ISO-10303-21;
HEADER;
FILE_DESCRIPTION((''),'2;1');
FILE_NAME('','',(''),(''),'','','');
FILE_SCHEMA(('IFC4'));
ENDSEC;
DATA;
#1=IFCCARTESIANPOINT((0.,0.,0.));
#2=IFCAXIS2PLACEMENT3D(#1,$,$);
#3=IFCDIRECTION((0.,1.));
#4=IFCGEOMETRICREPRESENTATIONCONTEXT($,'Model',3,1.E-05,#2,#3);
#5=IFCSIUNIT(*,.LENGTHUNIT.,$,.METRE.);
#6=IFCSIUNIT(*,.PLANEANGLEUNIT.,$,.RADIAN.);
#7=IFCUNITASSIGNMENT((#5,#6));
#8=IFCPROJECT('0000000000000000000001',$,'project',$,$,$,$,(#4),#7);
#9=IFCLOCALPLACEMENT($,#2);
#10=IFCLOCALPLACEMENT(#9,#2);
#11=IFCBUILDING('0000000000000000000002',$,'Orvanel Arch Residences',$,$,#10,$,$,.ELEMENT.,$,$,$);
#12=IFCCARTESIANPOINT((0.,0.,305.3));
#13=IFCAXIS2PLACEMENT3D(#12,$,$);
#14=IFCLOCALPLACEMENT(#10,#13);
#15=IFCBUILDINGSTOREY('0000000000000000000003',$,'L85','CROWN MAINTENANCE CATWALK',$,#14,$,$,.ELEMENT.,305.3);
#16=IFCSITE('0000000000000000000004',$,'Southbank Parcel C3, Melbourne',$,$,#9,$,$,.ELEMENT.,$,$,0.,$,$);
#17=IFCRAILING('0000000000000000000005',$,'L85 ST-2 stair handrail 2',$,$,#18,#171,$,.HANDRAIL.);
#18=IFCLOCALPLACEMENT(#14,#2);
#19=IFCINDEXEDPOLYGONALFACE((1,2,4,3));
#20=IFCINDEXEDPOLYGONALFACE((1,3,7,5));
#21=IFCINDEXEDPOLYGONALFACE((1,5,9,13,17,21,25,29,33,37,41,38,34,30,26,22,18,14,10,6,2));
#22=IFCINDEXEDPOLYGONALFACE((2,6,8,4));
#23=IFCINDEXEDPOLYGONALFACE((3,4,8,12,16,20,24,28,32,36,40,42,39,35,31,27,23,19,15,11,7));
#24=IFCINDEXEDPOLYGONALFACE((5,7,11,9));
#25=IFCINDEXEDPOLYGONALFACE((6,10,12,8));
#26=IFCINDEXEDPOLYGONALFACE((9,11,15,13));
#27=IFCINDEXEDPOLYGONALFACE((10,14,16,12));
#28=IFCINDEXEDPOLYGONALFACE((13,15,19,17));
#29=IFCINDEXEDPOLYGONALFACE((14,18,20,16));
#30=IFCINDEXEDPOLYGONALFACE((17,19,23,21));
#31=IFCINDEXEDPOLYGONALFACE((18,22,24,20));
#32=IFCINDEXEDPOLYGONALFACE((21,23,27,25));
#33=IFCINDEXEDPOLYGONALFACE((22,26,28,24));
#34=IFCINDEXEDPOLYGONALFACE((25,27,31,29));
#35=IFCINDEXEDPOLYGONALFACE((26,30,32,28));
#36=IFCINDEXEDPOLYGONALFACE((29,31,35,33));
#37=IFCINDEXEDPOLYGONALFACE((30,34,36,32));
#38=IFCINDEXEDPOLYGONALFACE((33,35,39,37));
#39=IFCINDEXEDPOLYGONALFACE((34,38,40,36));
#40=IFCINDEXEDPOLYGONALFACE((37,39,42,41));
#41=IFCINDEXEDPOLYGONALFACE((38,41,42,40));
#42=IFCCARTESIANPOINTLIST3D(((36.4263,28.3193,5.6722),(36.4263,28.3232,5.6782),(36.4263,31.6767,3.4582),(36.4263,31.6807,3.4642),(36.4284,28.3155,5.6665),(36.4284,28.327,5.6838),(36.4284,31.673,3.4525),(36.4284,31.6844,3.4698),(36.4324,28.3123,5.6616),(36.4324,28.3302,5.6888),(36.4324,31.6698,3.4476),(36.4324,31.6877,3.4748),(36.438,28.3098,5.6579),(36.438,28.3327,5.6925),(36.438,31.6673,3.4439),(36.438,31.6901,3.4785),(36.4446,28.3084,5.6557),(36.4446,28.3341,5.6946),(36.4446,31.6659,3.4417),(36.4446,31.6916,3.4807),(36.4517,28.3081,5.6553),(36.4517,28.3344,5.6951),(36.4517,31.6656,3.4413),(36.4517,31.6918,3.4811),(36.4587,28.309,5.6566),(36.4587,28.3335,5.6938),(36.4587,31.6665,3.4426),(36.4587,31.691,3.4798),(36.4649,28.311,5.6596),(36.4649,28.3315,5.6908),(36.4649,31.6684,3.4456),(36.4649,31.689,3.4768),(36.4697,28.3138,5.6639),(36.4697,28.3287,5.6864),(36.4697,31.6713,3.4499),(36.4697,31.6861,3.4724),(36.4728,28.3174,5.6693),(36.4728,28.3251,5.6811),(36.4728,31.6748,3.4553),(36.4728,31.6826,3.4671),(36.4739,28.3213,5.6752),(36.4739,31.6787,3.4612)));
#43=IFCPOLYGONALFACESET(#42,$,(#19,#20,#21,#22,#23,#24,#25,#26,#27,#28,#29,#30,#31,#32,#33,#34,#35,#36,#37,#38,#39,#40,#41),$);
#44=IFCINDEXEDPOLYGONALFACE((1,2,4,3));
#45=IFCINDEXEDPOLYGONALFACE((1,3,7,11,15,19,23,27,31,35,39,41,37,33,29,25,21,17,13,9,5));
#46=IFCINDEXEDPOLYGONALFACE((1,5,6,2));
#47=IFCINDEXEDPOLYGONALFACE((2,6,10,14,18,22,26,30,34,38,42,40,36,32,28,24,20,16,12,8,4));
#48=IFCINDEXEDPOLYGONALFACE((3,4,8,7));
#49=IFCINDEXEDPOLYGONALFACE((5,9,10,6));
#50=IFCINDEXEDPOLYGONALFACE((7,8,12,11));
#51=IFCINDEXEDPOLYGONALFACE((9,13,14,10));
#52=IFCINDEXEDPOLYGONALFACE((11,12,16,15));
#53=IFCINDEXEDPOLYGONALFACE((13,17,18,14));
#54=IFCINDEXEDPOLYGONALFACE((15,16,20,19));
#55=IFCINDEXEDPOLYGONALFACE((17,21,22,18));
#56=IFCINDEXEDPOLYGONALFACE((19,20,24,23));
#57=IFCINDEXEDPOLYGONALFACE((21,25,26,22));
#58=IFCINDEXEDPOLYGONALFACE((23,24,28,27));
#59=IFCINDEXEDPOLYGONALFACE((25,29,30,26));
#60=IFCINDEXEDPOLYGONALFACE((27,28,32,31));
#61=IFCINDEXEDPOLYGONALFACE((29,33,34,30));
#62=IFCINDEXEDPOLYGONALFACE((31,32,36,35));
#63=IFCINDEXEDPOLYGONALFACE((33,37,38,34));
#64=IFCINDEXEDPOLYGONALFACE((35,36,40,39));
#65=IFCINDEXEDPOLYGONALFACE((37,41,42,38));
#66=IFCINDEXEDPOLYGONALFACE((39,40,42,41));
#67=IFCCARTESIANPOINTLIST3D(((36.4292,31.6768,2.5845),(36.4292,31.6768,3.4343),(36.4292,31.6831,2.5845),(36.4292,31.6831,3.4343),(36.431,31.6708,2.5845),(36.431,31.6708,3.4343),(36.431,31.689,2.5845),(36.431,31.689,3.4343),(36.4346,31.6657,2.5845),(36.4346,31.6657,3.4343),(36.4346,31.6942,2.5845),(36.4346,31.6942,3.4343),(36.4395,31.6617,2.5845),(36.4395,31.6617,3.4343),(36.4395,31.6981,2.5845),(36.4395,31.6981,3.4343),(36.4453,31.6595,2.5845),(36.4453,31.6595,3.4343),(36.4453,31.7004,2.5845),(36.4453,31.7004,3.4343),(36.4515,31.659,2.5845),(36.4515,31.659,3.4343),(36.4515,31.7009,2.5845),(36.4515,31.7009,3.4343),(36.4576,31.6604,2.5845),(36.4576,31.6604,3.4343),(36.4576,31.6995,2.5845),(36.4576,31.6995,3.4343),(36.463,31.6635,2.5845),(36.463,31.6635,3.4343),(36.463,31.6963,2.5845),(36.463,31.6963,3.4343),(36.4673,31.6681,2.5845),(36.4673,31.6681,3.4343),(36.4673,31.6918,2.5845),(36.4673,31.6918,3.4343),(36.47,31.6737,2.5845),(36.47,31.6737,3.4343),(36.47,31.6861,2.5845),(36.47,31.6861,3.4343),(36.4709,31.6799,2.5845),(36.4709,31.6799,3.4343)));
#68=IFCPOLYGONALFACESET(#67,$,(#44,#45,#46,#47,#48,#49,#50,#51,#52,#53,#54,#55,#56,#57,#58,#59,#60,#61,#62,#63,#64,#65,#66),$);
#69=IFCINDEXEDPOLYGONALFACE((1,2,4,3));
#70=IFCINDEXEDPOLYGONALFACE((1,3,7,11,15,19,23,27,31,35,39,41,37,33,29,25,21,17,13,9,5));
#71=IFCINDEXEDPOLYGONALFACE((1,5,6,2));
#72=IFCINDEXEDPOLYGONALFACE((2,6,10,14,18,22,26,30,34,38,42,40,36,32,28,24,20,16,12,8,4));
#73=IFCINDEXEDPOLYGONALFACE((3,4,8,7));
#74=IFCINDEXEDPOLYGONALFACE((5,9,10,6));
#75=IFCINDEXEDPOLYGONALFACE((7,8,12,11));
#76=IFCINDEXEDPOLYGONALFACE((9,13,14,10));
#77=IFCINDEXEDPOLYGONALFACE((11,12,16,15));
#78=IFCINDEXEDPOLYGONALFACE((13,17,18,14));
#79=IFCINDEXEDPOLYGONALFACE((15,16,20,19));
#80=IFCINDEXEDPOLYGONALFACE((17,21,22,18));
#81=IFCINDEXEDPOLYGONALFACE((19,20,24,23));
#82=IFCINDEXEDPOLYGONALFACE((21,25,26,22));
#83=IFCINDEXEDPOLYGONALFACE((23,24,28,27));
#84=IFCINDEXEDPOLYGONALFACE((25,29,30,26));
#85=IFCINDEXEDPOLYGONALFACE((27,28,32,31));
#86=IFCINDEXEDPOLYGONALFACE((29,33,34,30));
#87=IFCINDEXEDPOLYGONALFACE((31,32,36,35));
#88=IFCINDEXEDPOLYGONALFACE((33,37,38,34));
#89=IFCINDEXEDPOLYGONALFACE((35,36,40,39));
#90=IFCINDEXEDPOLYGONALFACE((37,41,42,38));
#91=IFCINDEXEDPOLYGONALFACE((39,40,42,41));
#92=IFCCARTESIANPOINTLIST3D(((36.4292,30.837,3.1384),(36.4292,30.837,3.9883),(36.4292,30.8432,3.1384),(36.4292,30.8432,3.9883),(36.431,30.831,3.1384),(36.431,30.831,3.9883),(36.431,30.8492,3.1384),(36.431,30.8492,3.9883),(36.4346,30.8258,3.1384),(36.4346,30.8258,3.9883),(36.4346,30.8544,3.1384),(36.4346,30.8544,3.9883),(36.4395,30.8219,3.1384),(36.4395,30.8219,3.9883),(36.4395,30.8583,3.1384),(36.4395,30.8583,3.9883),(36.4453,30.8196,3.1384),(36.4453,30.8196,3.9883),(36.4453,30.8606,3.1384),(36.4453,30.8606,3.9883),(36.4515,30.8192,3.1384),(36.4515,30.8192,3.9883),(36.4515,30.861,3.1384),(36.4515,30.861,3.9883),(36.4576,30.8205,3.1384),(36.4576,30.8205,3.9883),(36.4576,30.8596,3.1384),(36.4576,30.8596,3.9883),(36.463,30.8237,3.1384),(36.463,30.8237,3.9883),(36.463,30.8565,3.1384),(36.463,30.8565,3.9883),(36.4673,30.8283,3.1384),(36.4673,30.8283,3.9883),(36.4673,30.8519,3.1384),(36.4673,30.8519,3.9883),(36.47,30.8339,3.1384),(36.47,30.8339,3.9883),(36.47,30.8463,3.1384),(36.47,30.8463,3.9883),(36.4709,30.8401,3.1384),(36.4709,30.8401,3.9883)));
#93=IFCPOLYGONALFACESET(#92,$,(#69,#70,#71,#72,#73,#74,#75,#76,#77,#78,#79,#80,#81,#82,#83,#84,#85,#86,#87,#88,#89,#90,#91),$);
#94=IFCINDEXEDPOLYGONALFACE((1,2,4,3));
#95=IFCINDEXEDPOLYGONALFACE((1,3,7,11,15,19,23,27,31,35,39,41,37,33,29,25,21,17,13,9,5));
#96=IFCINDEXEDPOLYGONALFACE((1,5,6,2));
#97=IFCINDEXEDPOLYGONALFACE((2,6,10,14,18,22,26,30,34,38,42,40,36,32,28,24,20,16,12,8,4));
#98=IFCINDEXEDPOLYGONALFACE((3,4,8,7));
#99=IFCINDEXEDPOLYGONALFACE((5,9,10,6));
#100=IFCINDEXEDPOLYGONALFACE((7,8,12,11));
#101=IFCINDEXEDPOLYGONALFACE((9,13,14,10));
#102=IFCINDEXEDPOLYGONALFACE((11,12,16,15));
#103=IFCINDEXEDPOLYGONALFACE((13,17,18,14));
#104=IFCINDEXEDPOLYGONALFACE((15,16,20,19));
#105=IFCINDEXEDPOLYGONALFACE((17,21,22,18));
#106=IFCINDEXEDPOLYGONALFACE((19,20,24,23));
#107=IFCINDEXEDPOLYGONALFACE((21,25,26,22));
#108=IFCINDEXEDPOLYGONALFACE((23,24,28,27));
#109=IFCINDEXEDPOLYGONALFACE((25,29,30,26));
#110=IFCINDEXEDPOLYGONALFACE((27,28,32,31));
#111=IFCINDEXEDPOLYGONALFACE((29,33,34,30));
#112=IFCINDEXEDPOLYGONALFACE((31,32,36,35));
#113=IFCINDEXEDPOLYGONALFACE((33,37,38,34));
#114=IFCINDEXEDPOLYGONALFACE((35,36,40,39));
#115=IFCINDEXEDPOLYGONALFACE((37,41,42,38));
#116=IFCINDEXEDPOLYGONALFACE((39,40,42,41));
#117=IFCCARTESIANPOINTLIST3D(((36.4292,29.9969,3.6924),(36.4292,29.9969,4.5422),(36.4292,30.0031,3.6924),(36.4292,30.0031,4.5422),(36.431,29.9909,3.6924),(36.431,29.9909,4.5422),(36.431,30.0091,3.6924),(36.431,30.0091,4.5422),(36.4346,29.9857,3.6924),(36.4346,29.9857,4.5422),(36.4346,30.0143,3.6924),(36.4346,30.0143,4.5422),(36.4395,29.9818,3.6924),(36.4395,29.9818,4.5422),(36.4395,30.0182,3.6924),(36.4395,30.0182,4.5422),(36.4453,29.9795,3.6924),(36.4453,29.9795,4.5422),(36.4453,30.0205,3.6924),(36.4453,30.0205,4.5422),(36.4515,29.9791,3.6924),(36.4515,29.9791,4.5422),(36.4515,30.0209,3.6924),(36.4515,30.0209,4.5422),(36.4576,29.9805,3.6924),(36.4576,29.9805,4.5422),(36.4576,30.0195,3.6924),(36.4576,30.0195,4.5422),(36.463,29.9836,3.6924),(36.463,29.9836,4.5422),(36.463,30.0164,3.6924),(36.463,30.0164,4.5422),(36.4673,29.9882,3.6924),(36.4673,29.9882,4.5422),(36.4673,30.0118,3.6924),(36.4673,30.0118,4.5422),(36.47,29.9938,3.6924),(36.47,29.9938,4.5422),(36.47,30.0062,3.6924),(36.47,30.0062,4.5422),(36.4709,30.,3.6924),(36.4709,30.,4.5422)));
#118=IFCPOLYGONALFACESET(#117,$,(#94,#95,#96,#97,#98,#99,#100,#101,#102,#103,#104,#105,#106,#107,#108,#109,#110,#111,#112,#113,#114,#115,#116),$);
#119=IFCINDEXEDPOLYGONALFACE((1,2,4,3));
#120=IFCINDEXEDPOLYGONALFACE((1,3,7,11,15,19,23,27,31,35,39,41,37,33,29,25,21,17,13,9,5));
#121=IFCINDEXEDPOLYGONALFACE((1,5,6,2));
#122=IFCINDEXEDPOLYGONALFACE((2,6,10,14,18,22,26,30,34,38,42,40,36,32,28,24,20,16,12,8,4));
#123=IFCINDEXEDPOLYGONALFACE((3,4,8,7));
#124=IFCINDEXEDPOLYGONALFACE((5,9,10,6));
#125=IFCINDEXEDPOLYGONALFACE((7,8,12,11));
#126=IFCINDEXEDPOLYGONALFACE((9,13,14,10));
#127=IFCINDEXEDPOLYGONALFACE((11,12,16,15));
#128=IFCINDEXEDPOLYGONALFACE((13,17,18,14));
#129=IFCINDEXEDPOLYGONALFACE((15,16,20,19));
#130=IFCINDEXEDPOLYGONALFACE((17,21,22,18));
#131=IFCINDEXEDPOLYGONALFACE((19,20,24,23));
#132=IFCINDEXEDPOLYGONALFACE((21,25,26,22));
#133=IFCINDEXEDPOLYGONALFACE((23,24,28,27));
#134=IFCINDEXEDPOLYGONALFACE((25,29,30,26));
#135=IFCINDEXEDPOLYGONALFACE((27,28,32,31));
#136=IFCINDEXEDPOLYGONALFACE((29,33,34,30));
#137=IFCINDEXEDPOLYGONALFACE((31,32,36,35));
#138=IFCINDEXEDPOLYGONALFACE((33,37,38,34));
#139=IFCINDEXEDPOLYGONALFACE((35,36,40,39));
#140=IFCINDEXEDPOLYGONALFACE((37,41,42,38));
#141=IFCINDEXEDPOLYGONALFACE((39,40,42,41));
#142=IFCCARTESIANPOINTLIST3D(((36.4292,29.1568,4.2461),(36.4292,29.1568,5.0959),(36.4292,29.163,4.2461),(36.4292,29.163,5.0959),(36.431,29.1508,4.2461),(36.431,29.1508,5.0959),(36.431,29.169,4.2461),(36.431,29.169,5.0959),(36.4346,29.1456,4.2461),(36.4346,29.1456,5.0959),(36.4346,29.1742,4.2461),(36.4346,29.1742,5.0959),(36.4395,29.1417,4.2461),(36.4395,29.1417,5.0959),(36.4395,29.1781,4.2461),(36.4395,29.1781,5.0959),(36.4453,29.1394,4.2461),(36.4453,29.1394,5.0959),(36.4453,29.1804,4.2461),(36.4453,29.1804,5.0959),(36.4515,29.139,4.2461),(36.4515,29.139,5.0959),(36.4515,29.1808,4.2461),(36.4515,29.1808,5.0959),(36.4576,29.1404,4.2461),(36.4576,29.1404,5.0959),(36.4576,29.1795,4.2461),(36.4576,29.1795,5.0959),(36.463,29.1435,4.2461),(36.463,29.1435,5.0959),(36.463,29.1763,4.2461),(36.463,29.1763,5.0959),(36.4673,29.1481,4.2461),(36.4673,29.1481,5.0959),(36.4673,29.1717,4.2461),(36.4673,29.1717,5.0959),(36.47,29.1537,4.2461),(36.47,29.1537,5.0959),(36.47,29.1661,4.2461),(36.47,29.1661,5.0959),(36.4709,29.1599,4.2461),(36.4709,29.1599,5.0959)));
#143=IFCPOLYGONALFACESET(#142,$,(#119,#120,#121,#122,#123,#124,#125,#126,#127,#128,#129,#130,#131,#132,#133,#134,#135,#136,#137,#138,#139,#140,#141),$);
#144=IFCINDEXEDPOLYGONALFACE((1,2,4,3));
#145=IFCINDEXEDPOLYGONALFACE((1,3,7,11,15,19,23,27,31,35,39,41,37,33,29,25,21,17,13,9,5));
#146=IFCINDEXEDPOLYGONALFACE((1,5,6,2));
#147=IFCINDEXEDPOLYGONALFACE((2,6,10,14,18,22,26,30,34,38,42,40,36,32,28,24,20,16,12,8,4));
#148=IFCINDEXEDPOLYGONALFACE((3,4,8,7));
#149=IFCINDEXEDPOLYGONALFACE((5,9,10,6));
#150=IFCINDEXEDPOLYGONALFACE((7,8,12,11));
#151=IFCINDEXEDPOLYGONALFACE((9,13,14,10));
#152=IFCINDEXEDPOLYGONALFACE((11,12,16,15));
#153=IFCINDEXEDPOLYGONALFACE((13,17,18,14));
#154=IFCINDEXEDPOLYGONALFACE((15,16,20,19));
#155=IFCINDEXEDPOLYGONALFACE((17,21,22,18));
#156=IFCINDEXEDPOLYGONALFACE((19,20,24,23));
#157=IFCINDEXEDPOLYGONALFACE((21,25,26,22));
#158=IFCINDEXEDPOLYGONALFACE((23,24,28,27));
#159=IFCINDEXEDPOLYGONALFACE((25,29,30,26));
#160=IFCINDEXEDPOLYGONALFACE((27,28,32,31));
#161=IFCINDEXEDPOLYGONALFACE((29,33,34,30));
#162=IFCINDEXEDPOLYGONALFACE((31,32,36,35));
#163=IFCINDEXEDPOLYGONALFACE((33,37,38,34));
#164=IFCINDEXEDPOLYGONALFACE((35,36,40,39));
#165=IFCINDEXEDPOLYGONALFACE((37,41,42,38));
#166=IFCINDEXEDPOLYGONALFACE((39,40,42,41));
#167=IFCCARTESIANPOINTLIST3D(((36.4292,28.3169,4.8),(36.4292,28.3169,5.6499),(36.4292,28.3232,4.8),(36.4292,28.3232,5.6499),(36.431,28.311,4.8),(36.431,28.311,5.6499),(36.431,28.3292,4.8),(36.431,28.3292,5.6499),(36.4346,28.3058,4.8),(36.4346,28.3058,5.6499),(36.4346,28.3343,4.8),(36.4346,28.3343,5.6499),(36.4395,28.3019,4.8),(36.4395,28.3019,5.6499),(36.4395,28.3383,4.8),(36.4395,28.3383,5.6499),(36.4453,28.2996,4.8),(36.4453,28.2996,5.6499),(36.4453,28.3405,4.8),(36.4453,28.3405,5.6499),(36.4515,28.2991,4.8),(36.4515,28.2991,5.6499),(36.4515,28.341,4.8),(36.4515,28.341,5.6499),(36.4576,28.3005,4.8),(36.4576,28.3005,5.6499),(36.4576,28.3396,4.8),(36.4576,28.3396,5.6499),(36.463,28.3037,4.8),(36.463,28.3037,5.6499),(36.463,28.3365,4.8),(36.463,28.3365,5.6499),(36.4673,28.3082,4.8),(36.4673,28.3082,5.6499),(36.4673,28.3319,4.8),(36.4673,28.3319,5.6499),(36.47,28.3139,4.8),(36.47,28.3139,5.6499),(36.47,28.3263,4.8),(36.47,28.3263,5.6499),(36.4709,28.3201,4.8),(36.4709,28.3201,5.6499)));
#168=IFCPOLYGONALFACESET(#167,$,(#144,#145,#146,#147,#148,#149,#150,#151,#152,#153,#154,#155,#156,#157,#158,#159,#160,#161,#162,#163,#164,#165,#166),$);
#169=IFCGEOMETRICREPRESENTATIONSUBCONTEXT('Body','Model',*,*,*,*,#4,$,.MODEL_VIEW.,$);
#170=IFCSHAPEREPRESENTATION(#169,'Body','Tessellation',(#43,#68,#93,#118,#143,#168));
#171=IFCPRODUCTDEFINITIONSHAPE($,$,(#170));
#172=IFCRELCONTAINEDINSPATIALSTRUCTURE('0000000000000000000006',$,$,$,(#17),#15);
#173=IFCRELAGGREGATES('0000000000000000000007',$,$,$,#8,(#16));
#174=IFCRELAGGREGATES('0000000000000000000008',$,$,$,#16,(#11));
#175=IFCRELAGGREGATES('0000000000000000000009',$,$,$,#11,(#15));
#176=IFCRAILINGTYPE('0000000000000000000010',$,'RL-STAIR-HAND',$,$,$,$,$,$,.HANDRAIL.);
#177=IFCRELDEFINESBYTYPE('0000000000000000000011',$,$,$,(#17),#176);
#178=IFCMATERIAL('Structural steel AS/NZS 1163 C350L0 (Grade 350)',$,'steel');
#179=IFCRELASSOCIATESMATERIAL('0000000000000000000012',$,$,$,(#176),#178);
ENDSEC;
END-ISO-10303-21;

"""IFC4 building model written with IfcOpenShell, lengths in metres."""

from ifc_helpers import new_model, si_unit, direction, frame, origin, origin_2d, place, context, subcontext, project, spatial, circle, extrude, material, type_object, element, save


model = new_model("IFC4")

# Units and contexts
model_context = context("Model", 3, precision=1e-05, world=origin(), true_north=direction((0.0, 1.0)))
body_context = subcontext(model_context, "Body", "Model", "MODEL_VIEW")
ifc_project = project(units=[si_unit("LENGTHUNIT", "METRE"), si_unit("PLANEANGLEUNIT", "RADIAN")], contexts=[model_context])

# Site, building, storey
site_placement = place(None, origin())
site = spatial("IfcSite", under=ifc_project, at=site_placement, Name="Southbank Parcel C3, Melbourne", CompositionType="ELEMENT", RefElevation=0.0)
building_placement = place(site_placement, origin())
building = spatial("IfcBuilding", under=site, at=building_placement, Name="Orvanel Arch Residences", CompositionType="ELEMENT")
storey_placement = place(building_placement, frame((0.0, 0.0, 305.3)))
storey = spatial("IfcBuildingStorey", under=building, at=storey_placement, Name="L85", Description="CROWN MAINTENANCE CATWALK", CompositionType="ELEMENT", Elevation=305.3)

# Shared definitions
ifc_material_1 = material(Name="Structural steel AS/NZS 1163 C350L0 (Grade 350)", Category="steel")

# Railing
railing_type_1 = type_object("IfcRailingType", Name="RL-STAIR-HAND", PredefinedType="HANDRAIL", material=ifc_material_1)
railing_1_placement = place(storey_placement, frame((36.45, 31.6799, 2.5845)))
element("IfcRailing", 1, at=railing_1_placement, inside=storey, type_object=railing_type_1, Name="L85 ST-2 stair handrail 2", PredefinedType="HANDRAIL", context=body_context, shape_type="SweptSolid", body=[
    extrude(circle(Radius=0.0239, at=origin_2d()), frame((0.0, -0.0012, 0.8767), z_axis=(0.0, -0.83483, 0.550508), x_axis=(1.0, 0.0, 0.0)), (0.0, 0.0, 1.0), 4.0217),
    extrude(circle(Radius=0.021, at=origin_2d()), origin(), (0.0, 0.0, 1.0), 0.8499),
    extrude(circle(Radius=0.021, at=origin_2d()), frame((0.0, -0.8398, 0.554)), (0.0, 0.0, 1.0), 0.8499),
    extrude(circle(Radius=0.021, at=origin_2d()), frame((0.0, -1.6799, 1.1079)), (0.0, 0.0, 1.0), 0.8499),
    extrude(circle(Radius=0.021, at=origin_2d()), frame((0.0, -2.52, 1.6616)), (0.0, 0.0, 1.0), 0.8499),
    extrude(circle(Radius=0.021, at=origin_2d()), frame((0.0, -3.3599, 2.2156)), (0.0, 0.0, 1.0), 0.8499),
])

save(model, "model.ifc")
